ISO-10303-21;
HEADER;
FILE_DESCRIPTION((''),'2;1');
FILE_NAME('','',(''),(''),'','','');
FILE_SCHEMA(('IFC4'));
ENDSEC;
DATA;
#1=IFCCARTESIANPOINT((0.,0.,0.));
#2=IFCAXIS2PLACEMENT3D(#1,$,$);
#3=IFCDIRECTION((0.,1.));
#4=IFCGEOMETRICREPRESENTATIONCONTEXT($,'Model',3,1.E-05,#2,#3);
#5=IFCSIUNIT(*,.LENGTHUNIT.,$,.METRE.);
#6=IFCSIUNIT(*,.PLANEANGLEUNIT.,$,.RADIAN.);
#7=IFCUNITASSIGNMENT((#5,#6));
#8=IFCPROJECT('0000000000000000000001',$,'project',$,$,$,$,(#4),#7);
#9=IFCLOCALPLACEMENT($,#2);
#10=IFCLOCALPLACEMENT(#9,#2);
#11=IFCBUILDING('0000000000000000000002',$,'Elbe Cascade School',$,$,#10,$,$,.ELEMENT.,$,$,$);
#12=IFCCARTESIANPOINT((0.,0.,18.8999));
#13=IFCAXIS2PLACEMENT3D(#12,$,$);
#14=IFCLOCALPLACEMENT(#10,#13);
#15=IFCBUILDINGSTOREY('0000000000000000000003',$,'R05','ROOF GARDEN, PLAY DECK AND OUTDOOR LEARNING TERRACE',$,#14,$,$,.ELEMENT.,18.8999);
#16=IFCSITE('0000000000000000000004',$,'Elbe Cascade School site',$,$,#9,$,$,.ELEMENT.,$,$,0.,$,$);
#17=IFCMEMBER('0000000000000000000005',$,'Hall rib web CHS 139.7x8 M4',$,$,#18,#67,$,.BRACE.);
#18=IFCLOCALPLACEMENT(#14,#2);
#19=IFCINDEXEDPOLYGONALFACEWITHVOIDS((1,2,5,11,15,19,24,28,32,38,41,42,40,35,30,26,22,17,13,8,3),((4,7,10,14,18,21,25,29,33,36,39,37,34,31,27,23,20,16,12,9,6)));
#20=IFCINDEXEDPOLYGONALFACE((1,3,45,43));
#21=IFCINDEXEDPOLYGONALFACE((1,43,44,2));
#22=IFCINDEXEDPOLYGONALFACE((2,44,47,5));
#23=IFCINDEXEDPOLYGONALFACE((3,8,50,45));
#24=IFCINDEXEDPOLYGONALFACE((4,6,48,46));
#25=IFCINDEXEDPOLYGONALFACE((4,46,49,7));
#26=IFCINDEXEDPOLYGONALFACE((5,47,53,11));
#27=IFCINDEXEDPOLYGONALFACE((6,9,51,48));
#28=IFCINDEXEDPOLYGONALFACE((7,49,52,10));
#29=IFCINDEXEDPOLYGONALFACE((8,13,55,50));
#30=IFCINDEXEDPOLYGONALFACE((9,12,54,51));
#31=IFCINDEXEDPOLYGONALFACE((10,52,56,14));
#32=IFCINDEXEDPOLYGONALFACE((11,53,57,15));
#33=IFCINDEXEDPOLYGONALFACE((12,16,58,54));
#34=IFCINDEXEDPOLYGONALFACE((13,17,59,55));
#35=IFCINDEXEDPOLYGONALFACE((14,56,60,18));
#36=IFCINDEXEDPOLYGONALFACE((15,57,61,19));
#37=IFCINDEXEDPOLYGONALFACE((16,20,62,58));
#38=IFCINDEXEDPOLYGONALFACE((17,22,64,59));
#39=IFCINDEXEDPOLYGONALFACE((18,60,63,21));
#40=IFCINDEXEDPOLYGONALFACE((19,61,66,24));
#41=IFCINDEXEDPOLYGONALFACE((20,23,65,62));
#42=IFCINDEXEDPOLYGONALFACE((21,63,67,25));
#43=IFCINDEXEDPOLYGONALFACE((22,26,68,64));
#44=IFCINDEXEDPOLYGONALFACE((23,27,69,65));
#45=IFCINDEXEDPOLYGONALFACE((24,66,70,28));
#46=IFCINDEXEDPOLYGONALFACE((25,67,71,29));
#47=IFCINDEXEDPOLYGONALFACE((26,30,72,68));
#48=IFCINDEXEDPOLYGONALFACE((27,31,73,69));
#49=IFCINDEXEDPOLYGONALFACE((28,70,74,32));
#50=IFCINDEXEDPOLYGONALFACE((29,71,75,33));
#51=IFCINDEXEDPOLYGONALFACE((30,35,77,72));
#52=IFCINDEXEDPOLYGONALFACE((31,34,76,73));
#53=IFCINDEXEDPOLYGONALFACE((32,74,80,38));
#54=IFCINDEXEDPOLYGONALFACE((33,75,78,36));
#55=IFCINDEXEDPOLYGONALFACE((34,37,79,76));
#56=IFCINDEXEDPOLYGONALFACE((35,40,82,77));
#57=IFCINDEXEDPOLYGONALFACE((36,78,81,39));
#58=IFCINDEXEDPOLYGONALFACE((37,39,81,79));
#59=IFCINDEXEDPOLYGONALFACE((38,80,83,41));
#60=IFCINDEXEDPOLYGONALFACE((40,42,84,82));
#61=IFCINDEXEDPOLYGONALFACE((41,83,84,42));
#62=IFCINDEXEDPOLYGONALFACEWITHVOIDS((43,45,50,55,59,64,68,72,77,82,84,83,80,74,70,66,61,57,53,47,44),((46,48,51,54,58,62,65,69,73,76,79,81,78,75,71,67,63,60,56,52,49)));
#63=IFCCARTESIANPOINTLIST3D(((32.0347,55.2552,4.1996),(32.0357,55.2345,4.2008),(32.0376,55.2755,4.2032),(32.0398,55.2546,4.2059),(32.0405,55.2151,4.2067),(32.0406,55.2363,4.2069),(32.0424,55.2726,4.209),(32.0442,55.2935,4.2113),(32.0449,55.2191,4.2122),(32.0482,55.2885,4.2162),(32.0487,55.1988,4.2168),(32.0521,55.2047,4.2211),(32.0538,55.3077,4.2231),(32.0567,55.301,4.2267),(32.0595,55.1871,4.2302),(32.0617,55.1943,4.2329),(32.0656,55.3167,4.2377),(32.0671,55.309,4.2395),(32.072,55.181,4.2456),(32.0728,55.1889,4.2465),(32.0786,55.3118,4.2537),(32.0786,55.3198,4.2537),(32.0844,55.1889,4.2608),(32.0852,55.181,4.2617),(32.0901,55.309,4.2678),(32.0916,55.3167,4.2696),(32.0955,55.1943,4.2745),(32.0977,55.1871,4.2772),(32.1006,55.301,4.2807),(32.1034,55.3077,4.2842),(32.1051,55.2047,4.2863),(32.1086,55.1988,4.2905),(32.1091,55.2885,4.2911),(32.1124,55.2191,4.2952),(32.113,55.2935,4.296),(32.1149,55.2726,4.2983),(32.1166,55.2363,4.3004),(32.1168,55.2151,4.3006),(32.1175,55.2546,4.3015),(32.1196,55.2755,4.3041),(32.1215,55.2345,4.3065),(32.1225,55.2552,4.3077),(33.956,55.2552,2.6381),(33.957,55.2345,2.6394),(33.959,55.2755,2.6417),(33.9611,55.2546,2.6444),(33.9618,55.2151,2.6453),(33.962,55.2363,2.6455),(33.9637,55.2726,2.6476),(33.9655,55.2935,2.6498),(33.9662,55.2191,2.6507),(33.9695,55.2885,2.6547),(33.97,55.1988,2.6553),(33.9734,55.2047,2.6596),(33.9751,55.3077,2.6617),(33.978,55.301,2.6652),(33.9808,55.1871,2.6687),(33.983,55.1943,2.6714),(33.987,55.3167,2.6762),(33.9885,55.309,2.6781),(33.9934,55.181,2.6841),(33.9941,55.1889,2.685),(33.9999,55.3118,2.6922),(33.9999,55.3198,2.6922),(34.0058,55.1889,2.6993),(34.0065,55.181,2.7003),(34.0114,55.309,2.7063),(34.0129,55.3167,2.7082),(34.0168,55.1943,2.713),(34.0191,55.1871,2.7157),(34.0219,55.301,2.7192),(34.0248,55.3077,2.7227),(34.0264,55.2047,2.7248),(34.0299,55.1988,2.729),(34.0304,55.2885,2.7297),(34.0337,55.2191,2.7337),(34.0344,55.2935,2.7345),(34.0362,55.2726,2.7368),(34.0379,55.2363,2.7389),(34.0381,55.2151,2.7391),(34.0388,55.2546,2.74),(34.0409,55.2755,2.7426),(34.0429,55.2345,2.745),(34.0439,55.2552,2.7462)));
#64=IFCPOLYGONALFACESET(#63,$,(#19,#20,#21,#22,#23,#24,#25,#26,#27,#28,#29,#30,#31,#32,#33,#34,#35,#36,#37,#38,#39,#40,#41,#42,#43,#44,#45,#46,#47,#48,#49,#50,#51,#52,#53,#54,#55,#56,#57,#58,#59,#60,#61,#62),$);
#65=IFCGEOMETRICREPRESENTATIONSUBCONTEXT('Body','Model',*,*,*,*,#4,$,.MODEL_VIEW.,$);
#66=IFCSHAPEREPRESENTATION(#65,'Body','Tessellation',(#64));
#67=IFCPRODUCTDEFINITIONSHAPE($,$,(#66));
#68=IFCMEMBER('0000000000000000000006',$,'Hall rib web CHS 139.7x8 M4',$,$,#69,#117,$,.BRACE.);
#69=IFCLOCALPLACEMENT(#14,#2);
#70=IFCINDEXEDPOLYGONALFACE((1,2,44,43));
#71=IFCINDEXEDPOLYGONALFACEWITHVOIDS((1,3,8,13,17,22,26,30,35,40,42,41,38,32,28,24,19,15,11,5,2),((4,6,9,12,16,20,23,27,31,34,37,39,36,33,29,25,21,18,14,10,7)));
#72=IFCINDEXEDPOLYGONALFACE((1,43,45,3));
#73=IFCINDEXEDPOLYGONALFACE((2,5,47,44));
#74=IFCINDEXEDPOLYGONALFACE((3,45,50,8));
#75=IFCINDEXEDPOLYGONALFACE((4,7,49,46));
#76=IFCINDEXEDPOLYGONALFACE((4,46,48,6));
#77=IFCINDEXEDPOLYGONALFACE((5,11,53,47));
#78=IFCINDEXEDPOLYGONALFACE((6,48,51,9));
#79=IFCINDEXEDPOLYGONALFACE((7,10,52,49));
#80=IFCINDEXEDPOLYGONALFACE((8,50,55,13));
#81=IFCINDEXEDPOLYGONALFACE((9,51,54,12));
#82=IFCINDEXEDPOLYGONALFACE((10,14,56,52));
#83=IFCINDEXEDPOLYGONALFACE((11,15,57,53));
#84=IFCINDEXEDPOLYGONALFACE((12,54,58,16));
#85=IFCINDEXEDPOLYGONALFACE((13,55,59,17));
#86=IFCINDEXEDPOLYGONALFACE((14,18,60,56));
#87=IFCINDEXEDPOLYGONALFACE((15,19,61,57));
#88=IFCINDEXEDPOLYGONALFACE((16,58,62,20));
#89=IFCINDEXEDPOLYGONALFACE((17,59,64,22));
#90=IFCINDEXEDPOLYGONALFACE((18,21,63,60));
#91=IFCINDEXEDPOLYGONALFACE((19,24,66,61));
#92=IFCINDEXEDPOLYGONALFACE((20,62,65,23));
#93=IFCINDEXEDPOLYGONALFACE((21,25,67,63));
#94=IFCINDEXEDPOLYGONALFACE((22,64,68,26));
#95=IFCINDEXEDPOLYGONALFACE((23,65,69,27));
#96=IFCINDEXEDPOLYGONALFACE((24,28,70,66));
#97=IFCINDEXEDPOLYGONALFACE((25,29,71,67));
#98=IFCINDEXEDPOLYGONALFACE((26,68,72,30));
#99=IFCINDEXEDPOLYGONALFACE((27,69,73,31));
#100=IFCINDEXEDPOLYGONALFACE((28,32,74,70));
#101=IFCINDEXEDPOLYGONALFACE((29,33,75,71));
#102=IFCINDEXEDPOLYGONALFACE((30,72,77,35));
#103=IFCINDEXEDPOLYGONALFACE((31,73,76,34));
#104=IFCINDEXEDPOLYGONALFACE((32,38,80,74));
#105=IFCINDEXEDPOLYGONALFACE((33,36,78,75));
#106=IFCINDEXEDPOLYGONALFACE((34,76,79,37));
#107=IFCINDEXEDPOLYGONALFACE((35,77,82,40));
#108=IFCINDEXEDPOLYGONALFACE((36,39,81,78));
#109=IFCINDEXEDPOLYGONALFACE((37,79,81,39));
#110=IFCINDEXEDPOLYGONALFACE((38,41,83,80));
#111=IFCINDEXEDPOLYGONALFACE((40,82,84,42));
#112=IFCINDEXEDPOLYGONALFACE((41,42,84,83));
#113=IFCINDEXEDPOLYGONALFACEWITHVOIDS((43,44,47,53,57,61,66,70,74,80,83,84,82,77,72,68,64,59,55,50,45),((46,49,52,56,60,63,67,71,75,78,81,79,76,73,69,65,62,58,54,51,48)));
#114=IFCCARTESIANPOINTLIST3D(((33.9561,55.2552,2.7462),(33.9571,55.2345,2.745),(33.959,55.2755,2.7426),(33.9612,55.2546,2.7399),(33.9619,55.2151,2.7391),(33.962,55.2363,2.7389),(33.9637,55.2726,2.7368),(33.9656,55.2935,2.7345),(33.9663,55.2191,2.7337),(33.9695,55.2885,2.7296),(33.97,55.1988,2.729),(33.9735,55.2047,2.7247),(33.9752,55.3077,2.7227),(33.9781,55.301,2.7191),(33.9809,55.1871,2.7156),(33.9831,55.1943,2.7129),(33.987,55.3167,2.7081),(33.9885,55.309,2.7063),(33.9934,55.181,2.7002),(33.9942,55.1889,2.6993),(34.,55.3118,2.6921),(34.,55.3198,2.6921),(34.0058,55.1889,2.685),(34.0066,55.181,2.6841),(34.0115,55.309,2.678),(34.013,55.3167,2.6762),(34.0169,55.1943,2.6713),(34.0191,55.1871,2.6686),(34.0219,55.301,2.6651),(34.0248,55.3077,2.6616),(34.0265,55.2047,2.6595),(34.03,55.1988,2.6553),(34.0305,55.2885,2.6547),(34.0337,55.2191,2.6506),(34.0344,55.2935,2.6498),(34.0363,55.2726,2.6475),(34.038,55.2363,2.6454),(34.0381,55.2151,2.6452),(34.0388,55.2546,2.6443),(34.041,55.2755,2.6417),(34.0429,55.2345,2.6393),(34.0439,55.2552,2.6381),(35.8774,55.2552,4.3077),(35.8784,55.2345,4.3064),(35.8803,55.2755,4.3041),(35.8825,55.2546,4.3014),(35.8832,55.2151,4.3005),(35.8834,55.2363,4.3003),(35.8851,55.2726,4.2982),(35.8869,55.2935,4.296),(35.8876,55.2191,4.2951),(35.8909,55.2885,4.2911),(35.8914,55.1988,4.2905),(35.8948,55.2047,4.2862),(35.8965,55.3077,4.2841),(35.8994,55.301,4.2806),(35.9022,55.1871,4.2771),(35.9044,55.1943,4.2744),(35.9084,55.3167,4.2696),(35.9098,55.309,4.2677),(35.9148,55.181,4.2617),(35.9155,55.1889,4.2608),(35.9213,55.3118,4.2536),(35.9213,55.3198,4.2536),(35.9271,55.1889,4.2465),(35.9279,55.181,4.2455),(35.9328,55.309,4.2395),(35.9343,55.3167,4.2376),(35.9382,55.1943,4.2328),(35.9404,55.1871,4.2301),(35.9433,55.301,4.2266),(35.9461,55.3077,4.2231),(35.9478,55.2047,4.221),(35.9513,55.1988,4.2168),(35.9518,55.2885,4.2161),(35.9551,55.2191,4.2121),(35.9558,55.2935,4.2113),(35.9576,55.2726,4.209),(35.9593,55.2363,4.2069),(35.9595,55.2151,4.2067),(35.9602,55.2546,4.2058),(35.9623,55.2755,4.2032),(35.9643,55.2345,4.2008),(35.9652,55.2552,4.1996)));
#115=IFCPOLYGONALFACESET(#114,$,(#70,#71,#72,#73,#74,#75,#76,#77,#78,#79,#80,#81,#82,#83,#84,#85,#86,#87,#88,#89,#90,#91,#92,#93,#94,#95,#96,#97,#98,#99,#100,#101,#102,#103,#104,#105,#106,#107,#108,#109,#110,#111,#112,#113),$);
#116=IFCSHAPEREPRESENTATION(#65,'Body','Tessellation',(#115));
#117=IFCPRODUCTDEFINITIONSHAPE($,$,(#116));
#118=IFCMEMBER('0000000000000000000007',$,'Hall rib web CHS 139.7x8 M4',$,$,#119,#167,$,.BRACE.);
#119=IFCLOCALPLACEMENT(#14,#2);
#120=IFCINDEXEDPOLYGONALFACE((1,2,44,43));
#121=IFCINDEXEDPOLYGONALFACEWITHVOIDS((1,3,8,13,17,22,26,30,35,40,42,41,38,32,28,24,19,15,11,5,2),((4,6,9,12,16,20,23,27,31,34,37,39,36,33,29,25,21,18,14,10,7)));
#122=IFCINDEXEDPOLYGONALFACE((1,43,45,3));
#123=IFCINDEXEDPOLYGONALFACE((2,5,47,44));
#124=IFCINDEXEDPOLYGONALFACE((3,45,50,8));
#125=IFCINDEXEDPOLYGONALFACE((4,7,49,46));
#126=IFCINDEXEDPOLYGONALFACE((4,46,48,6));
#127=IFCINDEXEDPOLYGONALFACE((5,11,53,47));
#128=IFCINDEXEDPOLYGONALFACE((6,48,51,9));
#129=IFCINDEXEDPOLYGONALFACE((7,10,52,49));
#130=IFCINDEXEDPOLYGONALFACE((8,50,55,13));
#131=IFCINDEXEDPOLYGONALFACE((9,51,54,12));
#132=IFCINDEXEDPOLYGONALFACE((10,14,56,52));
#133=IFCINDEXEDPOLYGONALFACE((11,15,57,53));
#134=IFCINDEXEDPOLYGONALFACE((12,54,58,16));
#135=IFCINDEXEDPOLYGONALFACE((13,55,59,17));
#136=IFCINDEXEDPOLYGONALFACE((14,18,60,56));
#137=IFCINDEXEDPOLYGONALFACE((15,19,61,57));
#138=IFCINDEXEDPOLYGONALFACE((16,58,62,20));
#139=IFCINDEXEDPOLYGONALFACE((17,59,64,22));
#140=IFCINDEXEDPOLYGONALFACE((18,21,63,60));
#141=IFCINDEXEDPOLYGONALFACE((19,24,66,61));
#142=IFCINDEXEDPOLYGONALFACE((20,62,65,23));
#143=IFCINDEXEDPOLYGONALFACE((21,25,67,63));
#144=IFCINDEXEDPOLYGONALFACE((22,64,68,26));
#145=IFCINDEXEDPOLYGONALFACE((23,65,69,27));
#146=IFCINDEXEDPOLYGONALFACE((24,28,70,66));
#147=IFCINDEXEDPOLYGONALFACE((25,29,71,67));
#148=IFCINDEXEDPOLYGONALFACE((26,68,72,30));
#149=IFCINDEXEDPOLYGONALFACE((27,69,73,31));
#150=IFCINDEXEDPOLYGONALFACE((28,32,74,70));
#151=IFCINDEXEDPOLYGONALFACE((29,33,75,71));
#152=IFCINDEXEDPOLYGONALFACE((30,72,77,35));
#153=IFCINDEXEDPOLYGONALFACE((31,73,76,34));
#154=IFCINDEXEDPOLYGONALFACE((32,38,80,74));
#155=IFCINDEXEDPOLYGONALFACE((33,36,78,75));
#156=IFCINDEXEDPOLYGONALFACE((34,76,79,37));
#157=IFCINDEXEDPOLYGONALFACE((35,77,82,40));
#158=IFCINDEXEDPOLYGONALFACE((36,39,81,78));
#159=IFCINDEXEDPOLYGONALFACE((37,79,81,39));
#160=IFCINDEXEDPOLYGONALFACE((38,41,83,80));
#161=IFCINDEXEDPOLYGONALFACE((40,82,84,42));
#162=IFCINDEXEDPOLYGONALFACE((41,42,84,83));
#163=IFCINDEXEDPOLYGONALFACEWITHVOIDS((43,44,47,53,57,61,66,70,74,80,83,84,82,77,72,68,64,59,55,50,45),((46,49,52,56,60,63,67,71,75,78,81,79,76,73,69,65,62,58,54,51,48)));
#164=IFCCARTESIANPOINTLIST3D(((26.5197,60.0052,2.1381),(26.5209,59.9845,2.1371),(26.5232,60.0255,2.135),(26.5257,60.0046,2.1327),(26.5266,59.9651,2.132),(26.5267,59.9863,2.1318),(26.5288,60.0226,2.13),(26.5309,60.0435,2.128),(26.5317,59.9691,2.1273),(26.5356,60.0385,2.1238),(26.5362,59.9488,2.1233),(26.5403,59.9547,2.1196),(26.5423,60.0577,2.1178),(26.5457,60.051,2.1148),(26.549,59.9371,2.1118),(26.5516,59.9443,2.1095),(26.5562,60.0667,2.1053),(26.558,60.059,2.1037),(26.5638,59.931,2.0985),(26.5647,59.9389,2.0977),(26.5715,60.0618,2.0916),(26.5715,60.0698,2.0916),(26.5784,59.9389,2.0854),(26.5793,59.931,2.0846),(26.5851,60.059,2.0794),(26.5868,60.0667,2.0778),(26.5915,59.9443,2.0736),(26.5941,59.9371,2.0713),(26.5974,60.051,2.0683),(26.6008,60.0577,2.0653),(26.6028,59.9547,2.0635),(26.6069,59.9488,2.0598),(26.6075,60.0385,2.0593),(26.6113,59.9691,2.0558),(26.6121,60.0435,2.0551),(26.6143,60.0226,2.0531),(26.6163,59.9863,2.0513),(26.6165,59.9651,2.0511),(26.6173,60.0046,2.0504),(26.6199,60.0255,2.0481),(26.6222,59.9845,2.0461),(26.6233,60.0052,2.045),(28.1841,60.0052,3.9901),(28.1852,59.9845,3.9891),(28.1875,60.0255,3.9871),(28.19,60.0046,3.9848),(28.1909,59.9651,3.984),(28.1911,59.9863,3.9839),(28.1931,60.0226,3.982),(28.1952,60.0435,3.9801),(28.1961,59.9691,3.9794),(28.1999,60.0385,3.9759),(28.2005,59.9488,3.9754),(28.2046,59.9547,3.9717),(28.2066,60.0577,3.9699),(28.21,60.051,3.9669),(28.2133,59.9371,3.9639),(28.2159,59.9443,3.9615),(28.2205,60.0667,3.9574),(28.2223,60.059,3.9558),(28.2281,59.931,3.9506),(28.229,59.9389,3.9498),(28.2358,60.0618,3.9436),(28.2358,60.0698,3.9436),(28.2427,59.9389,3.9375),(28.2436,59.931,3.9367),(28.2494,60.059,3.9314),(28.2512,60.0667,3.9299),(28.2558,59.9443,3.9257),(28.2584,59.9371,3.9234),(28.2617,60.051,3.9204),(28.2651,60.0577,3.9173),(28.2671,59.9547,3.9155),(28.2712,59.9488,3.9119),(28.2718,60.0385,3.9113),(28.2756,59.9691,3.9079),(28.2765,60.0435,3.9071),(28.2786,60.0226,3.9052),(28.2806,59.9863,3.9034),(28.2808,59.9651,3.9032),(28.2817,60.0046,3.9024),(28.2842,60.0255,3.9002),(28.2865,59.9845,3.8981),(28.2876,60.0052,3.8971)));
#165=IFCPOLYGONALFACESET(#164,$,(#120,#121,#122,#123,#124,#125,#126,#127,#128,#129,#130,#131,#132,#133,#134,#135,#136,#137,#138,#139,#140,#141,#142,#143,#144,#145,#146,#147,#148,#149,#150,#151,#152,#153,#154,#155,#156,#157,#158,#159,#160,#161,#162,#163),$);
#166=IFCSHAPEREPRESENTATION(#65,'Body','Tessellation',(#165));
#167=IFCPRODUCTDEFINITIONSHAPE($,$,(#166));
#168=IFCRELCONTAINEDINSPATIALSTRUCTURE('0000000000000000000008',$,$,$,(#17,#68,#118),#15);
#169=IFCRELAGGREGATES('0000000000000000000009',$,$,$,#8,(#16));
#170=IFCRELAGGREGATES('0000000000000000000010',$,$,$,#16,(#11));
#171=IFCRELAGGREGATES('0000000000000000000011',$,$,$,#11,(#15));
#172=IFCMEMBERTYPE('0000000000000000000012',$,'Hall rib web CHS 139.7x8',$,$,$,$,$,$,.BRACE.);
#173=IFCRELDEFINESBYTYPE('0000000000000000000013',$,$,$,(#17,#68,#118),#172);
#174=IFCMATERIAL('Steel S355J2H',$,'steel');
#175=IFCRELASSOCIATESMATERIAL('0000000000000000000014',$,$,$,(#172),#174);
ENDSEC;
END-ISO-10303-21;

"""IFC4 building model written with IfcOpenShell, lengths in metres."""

from ifc_helpers import new_model, si_unit, direction, frame, origin, origin_2d, place, context, subcontext, project, spatial, hollow_circle, extrude, material, material_profile, profile_set, type_object, element, save


model = new_model("IFC4")

# Units and contexts
model_context = context("Model", 3, precision=1e-05, world=origin(), true_north=direction((0.0, 1.0)))
body_context = subcontext(model_context, "Body", "Model", "MODEL_VIEW")
ifc_project = project(units=[si_unit("LENGTHUNIT", "METRE"), si_unit("PLANEANGLEUNIT", "RADIAN")], contexts=[model_context])

# Site, building, storey
site_placement = place(None, origin())
site = spatial("IfcSite", under=ifc_project, at=site_placement, Name="Elbe Cascade School site", CompositionType="ELEMENT", RefElevation=0.0)
building_placement = place(site_placement, origin())
building = spatial("IfcBuilding", under=site, at=building_placement, Name="Elbe Cascade School", CompositionType="ELEMENT")
storey_placement = place(building_placement, frame((0.0, 0.0, 18.8999)))
storey = spatial("IfcBuildingStorey", under=building, at=storey_placement, Name="R05", Description="ROOF GARDEN, PLAY DECK AND OUTDOOR LEARNING TERRACE", CompositionType="ELEMENT", Elevation=18.8999)

# Members
ifc_material_1 = material(Name="Steel S355J2H", Category="steel")
ifc_material_profile_1 = material_profile(ifc_material_1, hollow_circle(Radius=0.0698, WallThickness=0.0081, at=origin_2d()), Name="CHS 139.7x8")
ifc_profile_set_1 = profile_set([ifc_material_profile_1], Name="Steel S355J2H")
member_type_1 = type_object("IfcMemberType", Name="Hall rib web CHS 139.7x8", PredefinedType="BRACE", material=ifc_profile_set_1)
for number, where, z_axis, x_axis, name in (
    (1, (32.0786, 55.25, 4.2537), (0.776036, 0.0, -0.630689), (0.0, 1.0, 0.0), "Hall rib web CHS 139.7x8 M4"),
    (2, (34.0, 55.25, 2.6921), (0.776036, 0.0, 0.630689), (0.0, 1.0, 0.0), "Hall rib web CHS 139.7x8 M4"),
):
    element("IfcMember", number, at=place(storey_placement, frame(where, z_axis=z_axis, x_axis=x_axis)), inside=storey, type_object=member_type_1, Name=name, PredefinedType="BRACE", context=body_context, shape_type="SweptSolid", body=[
        extrude(hollow_circle(Radius=0.0698, WallThickness=0.0081, at=origin_2d()), origin(), (0.0, 0.0, 1.0), 2.4758),
    ])
member_1_placement = place(storey_placement, frame((26.5715, 60.0, 2.0916), z_axis=(0.668401, 0.0, 0.743801), x_axis=(0.0, 1.0, 0.0)))
element("IfcMember", 3, at=member_1_placement, inside=storey, type_object=member_type_1, Name="Hall rib web CHS 139.7x8 M4", PredefinedType="BRACE", context=body_context, shape_type="SweptSolid", body=[
    extrude(hollow_circle(Radius=0.0698, WallThickness=0.0081, at=origin_2d()), origin(), (0.0, 0.0, 1.0), 2.49),
])

save(model, "model.ifc")
